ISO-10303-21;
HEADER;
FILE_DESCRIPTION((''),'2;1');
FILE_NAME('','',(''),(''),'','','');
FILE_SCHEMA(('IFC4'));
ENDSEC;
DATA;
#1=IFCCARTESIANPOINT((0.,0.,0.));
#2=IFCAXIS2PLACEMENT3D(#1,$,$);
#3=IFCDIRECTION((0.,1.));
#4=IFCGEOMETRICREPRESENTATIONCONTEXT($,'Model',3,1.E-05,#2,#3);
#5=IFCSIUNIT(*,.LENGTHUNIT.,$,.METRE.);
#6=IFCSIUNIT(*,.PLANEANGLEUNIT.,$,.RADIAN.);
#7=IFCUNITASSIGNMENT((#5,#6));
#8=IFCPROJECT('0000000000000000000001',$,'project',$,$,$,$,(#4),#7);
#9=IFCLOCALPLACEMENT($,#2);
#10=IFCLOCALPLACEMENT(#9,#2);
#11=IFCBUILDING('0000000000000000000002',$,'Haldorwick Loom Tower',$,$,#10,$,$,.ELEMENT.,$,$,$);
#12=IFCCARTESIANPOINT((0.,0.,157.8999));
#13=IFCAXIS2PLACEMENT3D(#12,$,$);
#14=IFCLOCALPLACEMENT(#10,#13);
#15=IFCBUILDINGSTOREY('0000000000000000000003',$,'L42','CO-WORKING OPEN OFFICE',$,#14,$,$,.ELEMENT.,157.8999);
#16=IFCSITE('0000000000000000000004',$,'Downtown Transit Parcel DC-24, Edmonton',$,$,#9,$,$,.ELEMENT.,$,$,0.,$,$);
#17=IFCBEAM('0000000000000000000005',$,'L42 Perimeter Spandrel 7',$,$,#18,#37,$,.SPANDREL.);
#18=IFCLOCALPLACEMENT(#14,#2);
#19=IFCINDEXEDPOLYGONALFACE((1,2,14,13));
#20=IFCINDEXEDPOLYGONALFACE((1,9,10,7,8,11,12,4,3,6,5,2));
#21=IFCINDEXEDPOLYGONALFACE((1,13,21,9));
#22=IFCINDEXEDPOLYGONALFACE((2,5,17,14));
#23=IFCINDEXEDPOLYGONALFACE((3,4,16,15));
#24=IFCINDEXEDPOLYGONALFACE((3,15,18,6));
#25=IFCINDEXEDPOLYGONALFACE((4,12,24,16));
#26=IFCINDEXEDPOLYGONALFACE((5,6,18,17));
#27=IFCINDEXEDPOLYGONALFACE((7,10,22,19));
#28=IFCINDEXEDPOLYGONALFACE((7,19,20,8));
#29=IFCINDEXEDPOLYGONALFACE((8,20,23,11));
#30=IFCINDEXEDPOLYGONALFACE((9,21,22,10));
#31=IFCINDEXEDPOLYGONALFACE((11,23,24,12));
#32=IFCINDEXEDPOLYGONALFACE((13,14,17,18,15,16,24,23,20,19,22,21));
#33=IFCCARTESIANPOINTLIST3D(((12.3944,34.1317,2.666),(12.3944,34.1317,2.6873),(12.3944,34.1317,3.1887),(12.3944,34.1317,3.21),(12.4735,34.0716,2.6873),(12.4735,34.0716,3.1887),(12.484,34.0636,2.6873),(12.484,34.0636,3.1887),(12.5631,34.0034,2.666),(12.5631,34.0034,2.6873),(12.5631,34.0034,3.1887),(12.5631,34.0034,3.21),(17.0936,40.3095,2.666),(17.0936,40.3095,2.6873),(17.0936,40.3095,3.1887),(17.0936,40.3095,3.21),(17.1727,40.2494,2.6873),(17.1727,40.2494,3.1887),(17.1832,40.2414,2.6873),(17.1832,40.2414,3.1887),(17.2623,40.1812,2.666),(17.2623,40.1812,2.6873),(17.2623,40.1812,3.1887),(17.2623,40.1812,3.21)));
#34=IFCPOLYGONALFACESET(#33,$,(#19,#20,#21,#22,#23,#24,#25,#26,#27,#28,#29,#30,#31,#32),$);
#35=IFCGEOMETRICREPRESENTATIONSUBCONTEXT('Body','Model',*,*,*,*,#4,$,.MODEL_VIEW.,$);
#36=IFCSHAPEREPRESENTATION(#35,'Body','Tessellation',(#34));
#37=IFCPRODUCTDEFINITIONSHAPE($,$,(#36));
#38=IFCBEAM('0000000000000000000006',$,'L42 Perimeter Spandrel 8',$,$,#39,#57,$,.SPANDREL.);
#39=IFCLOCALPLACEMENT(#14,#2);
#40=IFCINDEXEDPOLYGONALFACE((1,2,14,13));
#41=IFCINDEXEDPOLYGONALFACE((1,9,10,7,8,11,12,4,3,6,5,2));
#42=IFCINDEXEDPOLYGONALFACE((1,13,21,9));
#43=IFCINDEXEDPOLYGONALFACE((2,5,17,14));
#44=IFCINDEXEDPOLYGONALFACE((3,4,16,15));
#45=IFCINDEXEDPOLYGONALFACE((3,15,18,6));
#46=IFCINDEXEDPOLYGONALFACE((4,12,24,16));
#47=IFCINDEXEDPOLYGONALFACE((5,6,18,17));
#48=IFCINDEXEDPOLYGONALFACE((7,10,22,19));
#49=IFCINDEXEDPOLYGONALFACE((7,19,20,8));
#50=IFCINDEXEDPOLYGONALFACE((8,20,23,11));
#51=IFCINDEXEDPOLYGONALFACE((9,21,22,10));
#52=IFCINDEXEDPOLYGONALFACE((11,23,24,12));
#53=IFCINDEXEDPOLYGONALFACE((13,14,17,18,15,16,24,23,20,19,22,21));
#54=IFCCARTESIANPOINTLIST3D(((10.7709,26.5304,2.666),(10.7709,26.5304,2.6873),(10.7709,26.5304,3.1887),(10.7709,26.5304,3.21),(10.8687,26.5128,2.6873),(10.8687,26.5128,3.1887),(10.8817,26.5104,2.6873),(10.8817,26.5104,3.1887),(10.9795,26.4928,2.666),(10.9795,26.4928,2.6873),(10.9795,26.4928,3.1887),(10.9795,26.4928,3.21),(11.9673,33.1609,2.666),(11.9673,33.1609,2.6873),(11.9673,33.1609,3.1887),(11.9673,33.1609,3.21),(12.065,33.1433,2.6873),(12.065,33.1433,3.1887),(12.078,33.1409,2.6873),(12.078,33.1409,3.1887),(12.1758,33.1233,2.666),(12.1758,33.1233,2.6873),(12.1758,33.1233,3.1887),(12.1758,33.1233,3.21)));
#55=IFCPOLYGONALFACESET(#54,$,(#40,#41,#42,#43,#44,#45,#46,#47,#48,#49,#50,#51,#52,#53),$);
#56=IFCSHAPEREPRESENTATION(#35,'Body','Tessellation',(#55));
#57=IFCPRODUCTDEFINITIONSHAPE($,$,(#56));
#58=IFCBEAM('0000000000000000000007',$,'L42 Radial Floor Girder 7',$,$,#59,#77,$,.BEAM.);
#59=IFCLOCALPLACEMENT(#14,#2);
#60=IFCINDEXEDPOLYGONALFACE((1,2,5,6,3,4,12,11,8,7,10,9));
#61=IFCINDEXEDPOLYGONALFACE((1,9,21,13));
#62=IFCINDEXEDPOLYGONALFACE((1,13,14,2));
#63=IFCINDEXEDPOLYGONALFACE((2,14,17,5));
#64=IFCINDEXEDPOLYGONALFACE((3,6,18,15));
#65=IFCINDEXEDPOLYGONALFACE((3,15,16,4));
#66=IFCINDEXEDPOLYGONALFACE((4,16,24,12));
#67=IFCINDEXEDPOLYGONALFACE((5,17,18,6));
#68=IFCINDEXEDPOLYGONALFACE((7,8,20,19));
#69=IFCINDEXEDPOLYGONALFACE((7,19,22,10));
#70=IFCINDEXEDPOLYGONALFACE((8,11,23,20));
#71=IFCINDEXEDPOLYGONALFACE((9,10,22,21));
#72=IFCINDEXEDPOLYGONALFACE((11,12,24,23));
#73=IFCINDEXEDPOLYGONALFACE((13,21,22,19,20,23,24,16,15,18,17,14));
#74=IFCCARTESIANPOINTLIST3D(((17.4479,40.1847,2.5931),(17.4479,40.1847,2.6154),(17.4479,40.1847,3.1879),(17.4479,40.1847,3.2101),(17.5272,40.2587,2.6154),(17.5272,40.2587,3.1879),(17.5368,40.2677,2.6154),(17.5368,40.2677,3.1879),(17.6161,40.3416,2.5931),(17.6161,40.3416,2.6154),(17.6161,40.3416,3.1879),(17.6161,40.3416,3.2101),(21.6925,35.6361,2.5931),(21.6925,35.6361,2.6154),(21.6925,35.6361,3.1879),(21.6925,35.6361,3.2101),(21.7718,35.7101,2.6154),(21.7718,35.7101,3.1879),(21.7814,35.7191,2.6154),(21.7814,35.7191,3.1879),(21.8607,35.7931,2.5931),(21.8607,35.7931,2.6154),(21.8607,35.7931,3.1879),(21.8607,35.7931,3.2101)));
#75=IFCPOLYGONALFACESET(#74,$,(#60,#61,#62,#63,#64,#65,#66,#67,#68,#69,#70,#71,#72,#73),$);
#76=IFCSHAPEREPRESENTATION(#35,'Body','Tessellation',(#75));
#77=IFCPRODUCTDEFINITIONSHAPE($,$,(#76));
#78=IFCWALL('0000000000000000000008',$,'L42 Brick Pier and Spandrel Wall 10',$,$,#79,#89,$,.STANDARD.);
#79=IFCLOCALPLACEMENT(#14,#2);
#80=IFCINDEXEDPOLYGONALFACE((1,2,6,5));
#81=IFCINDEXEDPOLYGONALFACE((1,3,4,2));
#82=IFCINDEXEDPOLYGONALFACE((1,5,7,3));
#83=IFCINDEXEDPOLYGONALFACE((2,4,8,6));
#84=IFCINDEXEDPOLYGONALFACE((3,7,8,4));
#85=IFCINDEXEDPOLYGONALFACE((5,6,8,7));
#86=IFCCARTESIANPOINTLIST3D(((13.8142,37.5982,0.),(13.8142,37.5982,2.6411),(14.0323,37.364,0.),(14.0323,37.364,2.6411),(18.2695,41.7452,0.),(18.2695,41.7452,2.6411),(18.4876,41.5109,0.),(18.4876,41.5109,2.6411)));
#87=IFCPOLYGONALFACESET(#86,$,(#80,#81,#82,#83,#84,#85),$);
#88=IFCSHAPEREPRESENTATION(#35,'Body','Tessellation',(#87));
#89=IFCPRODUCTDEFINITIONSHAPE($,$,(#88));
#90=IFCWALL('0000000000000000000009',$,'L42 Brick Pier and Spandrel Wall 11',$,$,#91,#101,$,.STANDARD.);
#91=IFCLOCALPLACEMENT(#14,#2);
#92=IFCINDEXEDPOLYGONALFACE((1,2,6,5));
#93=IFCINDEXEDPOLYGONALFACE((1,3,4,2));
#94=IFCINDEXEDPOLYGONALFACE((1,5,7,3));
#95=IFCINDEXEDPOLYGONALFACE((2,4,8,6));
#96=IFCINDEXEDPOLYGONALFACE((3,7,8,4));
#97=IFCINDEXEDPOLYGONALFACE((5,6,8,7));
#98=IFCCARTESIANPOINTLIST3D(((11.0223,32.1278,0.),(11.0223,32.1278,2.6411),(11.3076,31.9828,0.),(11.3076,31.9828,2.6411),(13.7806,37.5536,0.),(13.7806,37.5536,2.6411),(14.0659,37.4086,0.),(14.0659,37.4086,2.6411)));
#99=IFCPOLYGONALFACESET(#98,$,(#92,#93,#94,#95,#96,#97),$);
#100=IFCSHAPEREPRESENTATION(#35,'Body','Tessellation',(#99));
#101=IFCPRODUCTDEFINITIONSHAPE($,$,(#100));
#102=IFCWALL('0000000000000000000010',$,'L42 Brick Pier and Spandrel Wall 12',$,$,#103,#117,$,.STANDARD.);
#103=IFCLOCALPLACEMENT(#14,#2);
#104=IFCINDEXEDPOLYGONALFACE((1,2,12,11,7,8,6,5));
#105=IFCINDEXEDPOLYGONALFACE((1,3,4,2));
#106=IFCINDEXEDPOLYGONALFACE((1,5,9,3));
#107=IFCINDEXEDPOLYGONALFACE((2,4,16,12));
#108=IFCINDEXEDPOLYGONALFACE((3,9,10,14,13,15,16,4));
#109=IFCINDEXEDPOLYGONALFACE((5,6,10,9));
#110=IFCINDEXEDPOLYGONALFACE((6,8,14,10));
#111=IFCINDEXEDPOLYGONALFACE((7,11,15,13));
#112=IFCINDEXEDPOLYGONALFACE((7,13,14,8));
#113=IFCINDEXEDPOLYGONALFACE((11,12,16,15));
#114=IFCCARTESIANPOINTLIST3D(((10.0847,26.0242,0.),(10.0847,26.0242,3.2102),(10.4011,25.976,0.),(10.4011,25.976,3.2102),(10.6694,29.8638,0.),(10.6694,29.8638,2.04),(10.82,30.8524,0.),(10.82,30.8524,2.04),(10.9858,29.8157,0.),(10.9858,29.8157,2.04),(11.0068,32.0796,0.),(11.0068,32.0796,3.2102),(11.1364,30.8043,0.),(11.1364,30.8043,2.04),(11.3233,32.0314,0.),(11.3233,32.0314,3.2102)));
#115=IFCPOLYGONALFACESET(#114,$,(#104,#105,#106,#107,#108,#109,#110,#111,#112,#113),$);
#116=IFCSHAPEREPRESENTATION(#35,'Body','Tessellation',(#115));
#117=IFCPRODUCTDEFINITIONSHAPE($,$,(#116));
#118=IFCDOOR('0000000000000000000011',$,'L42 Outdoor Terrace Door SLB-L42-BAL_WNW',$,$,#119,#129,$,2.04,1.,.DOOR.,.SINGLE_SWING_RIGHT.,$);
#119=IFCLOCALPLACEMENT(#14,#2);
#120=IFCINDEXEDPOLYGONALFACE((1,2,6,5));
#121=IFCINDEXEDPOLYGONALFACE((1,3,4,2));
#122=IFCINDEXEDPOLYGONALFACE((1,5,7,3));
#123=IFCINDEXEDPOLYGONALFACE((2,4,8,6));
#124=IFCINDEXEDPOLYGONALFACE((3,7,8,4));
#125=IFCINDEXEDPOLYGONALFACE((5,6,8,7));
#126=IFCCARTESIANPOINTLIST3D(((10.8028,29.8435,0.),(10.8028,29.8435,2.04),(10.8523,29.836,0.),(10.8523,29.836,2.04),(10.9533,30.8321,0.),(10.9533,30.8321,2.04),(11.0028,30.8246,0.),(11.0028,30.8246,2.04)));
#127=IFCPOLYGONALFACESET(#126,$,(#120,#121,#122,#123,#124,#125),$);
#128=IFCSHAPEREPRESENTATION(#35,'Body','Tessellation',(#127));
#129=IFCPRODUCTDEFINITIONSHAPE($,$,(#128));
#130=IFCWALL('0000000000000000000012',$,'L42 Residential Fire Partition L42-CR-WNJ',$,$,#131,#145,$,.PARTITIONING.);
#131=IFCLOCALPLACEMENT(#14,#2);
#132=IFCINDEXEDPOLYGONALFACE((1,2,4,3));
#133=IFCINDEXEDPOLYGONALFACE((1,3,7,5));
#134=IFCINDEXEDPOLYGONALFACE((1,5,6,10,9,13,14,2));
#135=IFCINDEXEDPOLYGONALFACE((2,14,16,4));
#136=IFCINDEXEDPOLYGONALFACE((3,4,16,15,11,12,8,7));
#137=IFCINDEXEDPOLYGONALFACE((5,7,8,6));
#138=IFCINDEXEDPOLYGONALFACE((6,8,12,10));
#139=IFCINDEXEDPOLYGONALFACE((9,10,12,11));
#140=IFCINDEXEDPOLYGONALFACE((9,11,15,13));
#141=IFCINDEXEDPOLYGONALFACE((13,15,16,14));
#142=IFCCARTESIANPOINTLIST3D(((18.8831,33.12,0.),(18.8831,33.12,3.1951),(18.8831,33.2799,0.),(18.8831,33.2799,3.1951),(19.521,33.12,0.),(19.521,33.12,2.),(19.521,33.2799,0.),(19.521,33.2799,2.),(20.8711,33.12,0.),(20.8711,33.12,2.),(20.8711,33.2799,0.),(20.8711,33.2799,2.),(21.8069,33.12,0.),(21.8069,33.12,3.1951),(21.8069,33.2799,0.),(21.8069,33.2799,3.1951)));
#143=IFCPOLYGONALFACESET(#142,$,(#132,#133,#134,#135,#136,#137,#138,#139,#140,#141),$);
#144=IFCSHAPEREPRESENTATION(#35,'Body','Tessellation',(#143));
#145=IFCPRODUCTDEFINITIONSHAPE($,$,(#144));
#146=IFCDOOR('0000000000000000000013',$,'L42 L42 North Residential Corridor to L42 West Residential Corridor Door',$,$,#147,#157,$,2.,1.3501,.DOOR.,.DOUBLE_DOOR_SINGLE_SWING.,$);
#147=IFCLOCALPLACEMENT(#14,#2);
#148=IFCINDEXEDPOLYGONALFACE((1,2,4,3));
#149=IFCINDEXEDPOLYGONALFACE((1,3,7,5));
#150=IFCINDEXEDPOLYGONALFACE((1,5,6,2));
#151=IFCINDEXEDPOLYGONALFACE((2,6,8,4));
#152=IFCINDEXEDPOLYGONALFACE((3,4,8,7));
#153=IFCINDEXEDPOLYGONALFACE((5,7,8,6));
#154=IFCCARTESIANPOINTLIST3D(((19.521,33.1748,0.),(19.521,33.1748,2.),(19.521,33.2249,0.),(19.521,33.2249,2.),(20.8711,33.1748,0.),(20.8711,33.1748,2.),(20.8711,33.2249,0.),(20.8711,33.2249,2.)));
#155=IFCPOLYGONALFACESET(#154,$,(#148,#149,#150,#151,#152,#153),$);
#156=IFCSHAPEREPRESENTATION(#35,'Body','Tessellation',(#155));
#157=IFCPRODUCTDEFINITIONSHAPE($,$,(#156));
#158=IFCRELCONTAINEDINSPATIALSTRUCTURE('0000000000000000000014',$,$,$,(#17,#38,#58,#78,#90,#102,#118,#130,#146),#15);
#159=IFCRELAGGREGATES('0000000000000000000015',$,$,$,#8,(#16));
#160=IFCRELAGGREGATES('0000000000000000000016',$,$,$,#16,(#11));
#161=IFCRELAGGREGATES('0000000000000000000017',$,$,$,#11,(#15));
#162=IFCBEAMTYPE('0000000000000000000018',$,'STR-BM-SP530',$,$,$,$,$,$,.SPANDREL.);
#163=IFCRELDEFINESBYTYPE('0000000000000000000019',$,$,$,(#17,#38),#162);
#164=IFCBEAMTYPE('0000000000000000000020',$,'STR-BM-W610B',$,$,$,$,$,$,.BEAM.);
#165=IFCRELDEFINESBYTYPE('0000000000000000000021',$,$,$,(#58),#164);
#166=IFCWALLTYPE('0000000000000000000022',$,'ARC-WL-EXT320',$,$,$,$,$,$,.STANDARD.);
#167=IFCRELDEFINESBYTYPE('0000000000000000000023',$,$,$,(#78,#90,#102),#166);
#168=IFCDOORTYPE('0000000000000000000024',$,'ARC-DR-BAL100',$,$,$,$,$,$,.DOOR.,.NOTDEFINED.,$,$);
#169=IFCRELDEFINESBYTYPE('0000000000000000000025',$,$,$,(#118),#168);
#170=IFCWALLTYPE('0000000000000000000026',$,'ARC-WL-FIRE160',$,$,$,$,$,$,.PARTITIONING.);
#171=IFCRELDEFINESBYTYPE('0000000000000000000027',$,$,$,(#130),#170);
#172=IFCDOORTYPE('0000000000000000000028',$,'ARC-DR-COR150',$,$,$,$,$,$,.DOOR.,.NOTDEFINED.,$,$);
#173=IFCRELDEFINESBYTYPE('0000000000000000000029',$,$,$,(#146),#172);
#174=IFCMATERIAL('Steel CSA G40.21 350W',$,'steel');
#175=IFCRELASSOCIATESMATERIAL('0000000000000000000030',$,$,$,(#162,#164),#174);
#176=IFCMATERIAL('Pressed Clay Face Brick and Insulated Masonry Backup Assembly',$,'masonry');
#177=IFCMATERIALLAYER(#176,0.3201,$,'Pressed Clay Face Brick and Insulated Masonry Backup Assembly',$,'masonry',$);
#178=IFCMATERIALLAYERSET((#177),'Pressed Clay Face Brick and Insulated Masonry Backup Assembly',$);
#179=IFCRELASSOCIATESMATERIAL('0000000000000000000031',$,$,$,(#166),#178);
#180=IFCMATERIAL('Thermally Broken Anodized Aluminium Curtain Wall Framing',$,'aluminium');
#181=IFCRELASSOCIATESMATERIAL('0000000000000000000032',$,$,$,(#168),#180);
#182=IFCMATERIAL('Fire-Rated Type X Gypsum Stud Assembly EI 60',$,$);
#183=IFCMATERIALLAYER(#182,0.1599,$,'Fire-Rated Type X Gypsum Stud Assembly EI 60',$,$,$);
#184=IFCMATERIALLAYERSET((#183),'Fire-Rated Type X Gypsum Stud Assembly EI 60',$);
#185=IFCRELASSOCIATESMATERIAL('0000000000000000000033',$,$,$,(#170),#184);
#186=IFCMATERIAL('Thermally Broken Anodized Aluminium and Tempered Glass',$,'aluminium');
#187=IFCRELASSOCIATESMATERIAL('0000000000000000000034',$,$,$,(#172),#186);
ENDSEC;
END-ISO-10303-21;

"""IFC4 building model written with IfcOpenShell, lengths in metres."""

from ifc_helpers import new_model, si_unit, direction, frame, frame_2d, origin, origin_2d, place, context, subcontext, project, spatial, rectangle, i_section, extrude, material, layer, layer_set, material_profile, profile_set, type_object, element, fill, save


model = new_model("IFC4")

# Units and contexts
model_context = context("Model", 3, precision=1e-05, world=origin(), true_north=direction((0.0, 1.0)))
body_context = subcontext(model_context, "Body", "Model", "MODEL_VIEW")
ifc_project = project(units=[si_unit("LENGTHUNIT", "METRE"), si_unit("PLANEANGLEUNIT", "RADIAN")], contexts=[model_context])

# Site, building, storey
site_placement = place(None, origin())
site = spatial("IfcSite", under=ifc_project, at=site_placement, Name="Downtown Transit Parcel DC-24, Edmonton", CompositionType="ELEMENT", RefElevation=0.0)
building_placement = place(site_placement, origin())
building = spatial("IfcBuilding", under=site, at=building_placement, Name="Haldorwick Loom Tower", CompositionType="ELEMENT")
storey_placement = place(building_placement, frame((0.0, 0.0, 157.8999)))
storey = spatial("IfcBuildingStorey", under=building, at=storey_placement, Name="L42", Description="CO-WORKING OPEN OFFICE", CompositionType="ELEMENT", Elevation=157.8999)

# Beams
ifc_material_1 = material(Name="Steel CSA G40.21 350W", Category="steel")
ifc_material_profile_1 = material_profile(ifc_material_1, i_section(OverallWidth=0.2119, OverallDepth=0.5439, WebThickness=0.0132, FlangeThickness=0.0212, at=origin_2d()), Name="W530X123", Category="steel")
ifc_profile_set_1 = profile_set([ifc_material_profile_1], Name="Steel CSA G40.21 350W")
beam_type_1 = type_object("IfcBeamType", Name="STR-BM-SP530", PredefinedType="SPANDREL", material=ifc_profile_set_1)
beam_1_placement = place(storey_placement, frame((17.178, 40.2454, 2.938), z_axis=(-0.605421, -0.795905, 0.0), x_axis=(0.795905, -0.605421, 0.0)))
element("IfcBeam", 1, at=beam_1_placement, inside=storey, type_object=beam_type_1, Name="L42 Perimeter Spandrel 7", PredefinedType="SPANDREL", context=body_context, shape_type="SweptSolid", body=[
    extrude(i_section(OverallWidth=0.2119, OverallDepth=0.5439, WebThickness=0.0132, FlangeThickness=0.0212, at=origin_2d()), origin(), (0.0, 0.0, 1.0), 7.762),
])
beam_2_placement = place(storey_placement, frame((12.0715, 33.1421, 2.938), z_axis=(-0.177559, -0.98411, 0.0), x_axis=(0.98411, -0.177559, 0.0)))
element("IfcBeam", 2, at=beam_2_placement, inside=storey, type_object=beam_type_1, Name="L42 Perimeter Spandrel 8", PredefinedType="SPANDREL", context=body_context, shape_type="SweptSolid", body=[
    extrude(i_section(OverallWidth=0.2119, OverallDepth=0.5439, WebThickness=0.0132, FlangeThickness=0.0212, at=origin_2d()), origin(), (0.0, 0.0, 1.0), 6.7375),
])
ifc_material_profile_2 = material_profile(ifc_material_1, i_section(OverallWidth=0.23, OverallDepth=0.6169, WebThickness=0.0132, FlangeThickness=0.0222, at=origin_2d()), Name="W610X140", Category="steel")
ifc_profile_set_2 = profile_set([ifc_material_profile_2], Name="Steel CSA G40.21 350W")
beam_type_2 = type_object("IfcBeamType", Name="STR-BM-W610B", PredefinedType="BEAM", material=ifc_profile_set_2)
beam_3_placement = place(storey_placement, frame((21.7766, 35.7146, 2.9016), z_axis=(-0.682257, 0.731113, 0.0), x_axis=(-0.731113, -0.682257, 0.0)))
element("IfcBeam", 3, at=beam_3_placement, inside=storey, type_object=beam_type_2, Name="L42 Radial Floor Girder 7", PredefinedType="BEAM", context=body_context, shape_type="SweptSolid", body=[
    extrude(i_section(OverallWidth=0.23, OverallDepth=0.6169, WebThickness=0.0132, FlangeThickness=0.0222, at=origin_2d()), origin(), (0.0, 0.0, 1.0), 6.2214),
])

# Walls
ifc_material_2 = material(Name="Pressed Clay Face Brick and Insulated Masonry Backup Assembly", Category="masonry")
ifc_layer_1 = layer(ifc_material_2, 0.3201, Name="Pressed Clay Face Brick and Insulated Masonry Backup Assembly", Category="masonry")
ifc_layer_set_1 = layer_set([ifc_layer_1], Name="Pressed Clay Face Brick and Insulated Masonry Backup Assembly")
wall_type_1 = type_object("IfcWallType", Name="ARC-WL-EXT320", PredefinedType="STANDARD", material=ifc_layer_set_1)
for number, where, z_axis, x_axis, name in (
    (4, (18.3787, 41.6282, 0.0), (0.0, 0.0, 1.0), (-0.731983, -0.681323, 0.0), "L42 Brick Pier and Spandrel Wall 10"),
    (5, (13.9233, 37.4812, 0.0), (0.0, 0.0, 1.0), (-0.453172, -0.891423, 0.0), "L42 Brick Pier and Spandrel Wall 11"),
):
    element("IfcWall", number, at=place(storey_placement, frame(where, z_axis=z_axis, x_axis=x_axis)), inside=storey, type_object=wall_type_1, Name=name, PredefinedType="STANDARD", context=body_context, shape_type="SweptSolid", body=[
        extrude(rectangle(XDim=6.0867, YDim=0.3201, at=frame_2d((3.0435, 0.0))), origin(), (0.0, 0.0, 1.0), 2.6411),
    ])

# Walls, openings, doors
wall_1_placement = place(storey_placement, frame((11.165, 32.0554, 0.0), z_axis=(0.0, 0.0, 1.0), x_axis=(-0.150544, -0.988603, 0.0)))
wall_1 = element("IfcWall", 6, at=wall_1_placement, inside=storey, type_object=wall_type_1, Name="L42 Brick Pier and Spandrel Wall 12", PredefinedType="STANDARD", context=body_context, shape_type="SweptSolid", body=[
    extrude(rectangle(XDim=6.1252, YDim=0.3201, at=frame_2d((3.0625, 0.0))), origin(), (0.0, 0.0, 1.0), 3.2102),
])
opening_1_placement = place(wall_1_placement, frame((1.2412, 0.0, 0.0)))
opening_1 = element("IfcOpeningElement", 7, at=opening_1_placement, cuts=wall_1, PredefinedType="OPENING", context=body_context, shape_type="SweptSolid", body=[
    extrude(rectangle(XDim=1.0, YDim=2.04, at=frame_2d((0.5, 1.02))), frame((0.0, 0.1699, 0.0), z_axis=(0.0, -1.0, 0.0), x_axis=(1.0, 0.0, 0.0)), (0.0, 0.0, 1.0), 0.3401),
])
ifc_material_3 = material(Name="Thermally Broken Anodized Aluminium Curtain Wall Framing", Category="aluminium")
door_type_1 = type_object("IfcDoorType", Name="ARC-DR-BAL100", OperationType="NOTDEFINED", PredefinedType="DOOR", material=ifc_material_3)
door_1_placement = place(opening_1_placement, origin())
door_1 = element("IfcDoor", 8, at=door_1_placement, inside=storey, type_object=door_type_1, Name="L42 Outdoor Terrace Door SLB-L42-BAL_WNW", OperationType="SINGLE_SWING_RIGHT", OverallHeight=2.04, OverallWidth=1.0, PredefinedType="DOOR", context=body_context, shape_type="SweptSolid", body=[
    extrude(rectangle(XDim=1.0, YDim=2.04, at=frame_2d((0.5, 1.02))), frame((0.0, 0.0249, 0.0), z_axis=(0.0, -1.0, 0.0), x_axis=(1.0, 0.0, 0.0)), (0.0, 0.0, 1.0), 0.05),
])
fill(opening_1, door_1)
ifc_material_4 = material(Name="Fire-Rated Type X Gypsum Stud Assembly EI 60")
ifc_layer_2 = layer(ifc_material_4, 0.1599, Name="Fire-Rated Type X Gypsum Stud Assembly EI 60")
ifc_layer_set_2 = layer_set([ifc_layer_2], Name="Fire-Rated Type X Gypsum Stud Assembly EI 60")
wall_type_2 = type_object("IfcWallType", Name="ARC-WL-FIRE160", PredefinedType="PARTITIONING", material=ifc_layer_set_2)
wall_2_placement = place(storey_placement, frame((18.8831, 33.2, 0.0), z_axis=(0.0, 0.0, 1.0), x_axis=(1.0, 0.0, 0.0)))
wall_2 = element("IfcWall", 9, at=wall_2_placement, inside=storey, type_object=wall_type_2, Name="L42 Residential Fire Partition L42-CR-WNJ", PredefinedType="PARTITIONING", context=body_context, shape_type="SweptSolid", body=[
    extrude(rectangle(XDim=2.9238, YDim=0.1599, at=frame_2d((1.4619, 0.0))), origin(), (0.0, 0.0, 1.0), 3.1951),
])
opening_2_placement = place(wall_2_placement, frame((0.6379, 0.0, 0.0)))
opening_2 = element("IfcOpeningElement", 10, at=opening_2_placement, cuts=wall_2, PredefinedType="OPENING", context=body_context, shape_type="SweptSolid", body=[
    extrude(rectangle(XDim=1.3501, YDim=2.0, at=frame_2d((0.675, 1.0))), frame((0.0, 0.0898, 0.0), z_axis=(0.0, -1.0, 0.0), x_axis=(1.0, 0.0, 0.0)), (0.0, 0.0, 1.0), 0.1799),
])
ifc_material_5 = material(Name="Thermally Broken Anodized Aluminium and Tempered Glass", Category="aluminium")
door_type_2 = type_object("IfcDoorType", Name="ARC-DR-COR150", OperationType="NOTDEFINED", PredefinedType="DOOR", material=ifc_material_5)
door_2_placement = place(opening_2_placement, origin())
door_2 = element("IfcDoor", 11, at=door_2_placement, inside=storey, type_object=door_type_2, Name="L42 L42 North Residential Corridor to L42 West Residential Corridor Door", OperationType="DOUBLE_DOOR_SINGLE_SWING", OverallHeight=2.0, OverallWidth=1.3501, PredefinedType="DOOR", context=body_context, shape_type="SweptSolid", body=[
    extrude(rectangle(XDim=1.3501, YDim=2.0, at=frame_2d((0.675, 1.0))), frame((0.0, 0.0249, 0.0), z_axis=(0.0, -1.0, 0.0), x_axis=(1.0, 0.0, 0.0)), (0.0, 0.0, 1.0), 0.05),
])
fill(opening_2, door_2)

save(model, "model.ifc")
